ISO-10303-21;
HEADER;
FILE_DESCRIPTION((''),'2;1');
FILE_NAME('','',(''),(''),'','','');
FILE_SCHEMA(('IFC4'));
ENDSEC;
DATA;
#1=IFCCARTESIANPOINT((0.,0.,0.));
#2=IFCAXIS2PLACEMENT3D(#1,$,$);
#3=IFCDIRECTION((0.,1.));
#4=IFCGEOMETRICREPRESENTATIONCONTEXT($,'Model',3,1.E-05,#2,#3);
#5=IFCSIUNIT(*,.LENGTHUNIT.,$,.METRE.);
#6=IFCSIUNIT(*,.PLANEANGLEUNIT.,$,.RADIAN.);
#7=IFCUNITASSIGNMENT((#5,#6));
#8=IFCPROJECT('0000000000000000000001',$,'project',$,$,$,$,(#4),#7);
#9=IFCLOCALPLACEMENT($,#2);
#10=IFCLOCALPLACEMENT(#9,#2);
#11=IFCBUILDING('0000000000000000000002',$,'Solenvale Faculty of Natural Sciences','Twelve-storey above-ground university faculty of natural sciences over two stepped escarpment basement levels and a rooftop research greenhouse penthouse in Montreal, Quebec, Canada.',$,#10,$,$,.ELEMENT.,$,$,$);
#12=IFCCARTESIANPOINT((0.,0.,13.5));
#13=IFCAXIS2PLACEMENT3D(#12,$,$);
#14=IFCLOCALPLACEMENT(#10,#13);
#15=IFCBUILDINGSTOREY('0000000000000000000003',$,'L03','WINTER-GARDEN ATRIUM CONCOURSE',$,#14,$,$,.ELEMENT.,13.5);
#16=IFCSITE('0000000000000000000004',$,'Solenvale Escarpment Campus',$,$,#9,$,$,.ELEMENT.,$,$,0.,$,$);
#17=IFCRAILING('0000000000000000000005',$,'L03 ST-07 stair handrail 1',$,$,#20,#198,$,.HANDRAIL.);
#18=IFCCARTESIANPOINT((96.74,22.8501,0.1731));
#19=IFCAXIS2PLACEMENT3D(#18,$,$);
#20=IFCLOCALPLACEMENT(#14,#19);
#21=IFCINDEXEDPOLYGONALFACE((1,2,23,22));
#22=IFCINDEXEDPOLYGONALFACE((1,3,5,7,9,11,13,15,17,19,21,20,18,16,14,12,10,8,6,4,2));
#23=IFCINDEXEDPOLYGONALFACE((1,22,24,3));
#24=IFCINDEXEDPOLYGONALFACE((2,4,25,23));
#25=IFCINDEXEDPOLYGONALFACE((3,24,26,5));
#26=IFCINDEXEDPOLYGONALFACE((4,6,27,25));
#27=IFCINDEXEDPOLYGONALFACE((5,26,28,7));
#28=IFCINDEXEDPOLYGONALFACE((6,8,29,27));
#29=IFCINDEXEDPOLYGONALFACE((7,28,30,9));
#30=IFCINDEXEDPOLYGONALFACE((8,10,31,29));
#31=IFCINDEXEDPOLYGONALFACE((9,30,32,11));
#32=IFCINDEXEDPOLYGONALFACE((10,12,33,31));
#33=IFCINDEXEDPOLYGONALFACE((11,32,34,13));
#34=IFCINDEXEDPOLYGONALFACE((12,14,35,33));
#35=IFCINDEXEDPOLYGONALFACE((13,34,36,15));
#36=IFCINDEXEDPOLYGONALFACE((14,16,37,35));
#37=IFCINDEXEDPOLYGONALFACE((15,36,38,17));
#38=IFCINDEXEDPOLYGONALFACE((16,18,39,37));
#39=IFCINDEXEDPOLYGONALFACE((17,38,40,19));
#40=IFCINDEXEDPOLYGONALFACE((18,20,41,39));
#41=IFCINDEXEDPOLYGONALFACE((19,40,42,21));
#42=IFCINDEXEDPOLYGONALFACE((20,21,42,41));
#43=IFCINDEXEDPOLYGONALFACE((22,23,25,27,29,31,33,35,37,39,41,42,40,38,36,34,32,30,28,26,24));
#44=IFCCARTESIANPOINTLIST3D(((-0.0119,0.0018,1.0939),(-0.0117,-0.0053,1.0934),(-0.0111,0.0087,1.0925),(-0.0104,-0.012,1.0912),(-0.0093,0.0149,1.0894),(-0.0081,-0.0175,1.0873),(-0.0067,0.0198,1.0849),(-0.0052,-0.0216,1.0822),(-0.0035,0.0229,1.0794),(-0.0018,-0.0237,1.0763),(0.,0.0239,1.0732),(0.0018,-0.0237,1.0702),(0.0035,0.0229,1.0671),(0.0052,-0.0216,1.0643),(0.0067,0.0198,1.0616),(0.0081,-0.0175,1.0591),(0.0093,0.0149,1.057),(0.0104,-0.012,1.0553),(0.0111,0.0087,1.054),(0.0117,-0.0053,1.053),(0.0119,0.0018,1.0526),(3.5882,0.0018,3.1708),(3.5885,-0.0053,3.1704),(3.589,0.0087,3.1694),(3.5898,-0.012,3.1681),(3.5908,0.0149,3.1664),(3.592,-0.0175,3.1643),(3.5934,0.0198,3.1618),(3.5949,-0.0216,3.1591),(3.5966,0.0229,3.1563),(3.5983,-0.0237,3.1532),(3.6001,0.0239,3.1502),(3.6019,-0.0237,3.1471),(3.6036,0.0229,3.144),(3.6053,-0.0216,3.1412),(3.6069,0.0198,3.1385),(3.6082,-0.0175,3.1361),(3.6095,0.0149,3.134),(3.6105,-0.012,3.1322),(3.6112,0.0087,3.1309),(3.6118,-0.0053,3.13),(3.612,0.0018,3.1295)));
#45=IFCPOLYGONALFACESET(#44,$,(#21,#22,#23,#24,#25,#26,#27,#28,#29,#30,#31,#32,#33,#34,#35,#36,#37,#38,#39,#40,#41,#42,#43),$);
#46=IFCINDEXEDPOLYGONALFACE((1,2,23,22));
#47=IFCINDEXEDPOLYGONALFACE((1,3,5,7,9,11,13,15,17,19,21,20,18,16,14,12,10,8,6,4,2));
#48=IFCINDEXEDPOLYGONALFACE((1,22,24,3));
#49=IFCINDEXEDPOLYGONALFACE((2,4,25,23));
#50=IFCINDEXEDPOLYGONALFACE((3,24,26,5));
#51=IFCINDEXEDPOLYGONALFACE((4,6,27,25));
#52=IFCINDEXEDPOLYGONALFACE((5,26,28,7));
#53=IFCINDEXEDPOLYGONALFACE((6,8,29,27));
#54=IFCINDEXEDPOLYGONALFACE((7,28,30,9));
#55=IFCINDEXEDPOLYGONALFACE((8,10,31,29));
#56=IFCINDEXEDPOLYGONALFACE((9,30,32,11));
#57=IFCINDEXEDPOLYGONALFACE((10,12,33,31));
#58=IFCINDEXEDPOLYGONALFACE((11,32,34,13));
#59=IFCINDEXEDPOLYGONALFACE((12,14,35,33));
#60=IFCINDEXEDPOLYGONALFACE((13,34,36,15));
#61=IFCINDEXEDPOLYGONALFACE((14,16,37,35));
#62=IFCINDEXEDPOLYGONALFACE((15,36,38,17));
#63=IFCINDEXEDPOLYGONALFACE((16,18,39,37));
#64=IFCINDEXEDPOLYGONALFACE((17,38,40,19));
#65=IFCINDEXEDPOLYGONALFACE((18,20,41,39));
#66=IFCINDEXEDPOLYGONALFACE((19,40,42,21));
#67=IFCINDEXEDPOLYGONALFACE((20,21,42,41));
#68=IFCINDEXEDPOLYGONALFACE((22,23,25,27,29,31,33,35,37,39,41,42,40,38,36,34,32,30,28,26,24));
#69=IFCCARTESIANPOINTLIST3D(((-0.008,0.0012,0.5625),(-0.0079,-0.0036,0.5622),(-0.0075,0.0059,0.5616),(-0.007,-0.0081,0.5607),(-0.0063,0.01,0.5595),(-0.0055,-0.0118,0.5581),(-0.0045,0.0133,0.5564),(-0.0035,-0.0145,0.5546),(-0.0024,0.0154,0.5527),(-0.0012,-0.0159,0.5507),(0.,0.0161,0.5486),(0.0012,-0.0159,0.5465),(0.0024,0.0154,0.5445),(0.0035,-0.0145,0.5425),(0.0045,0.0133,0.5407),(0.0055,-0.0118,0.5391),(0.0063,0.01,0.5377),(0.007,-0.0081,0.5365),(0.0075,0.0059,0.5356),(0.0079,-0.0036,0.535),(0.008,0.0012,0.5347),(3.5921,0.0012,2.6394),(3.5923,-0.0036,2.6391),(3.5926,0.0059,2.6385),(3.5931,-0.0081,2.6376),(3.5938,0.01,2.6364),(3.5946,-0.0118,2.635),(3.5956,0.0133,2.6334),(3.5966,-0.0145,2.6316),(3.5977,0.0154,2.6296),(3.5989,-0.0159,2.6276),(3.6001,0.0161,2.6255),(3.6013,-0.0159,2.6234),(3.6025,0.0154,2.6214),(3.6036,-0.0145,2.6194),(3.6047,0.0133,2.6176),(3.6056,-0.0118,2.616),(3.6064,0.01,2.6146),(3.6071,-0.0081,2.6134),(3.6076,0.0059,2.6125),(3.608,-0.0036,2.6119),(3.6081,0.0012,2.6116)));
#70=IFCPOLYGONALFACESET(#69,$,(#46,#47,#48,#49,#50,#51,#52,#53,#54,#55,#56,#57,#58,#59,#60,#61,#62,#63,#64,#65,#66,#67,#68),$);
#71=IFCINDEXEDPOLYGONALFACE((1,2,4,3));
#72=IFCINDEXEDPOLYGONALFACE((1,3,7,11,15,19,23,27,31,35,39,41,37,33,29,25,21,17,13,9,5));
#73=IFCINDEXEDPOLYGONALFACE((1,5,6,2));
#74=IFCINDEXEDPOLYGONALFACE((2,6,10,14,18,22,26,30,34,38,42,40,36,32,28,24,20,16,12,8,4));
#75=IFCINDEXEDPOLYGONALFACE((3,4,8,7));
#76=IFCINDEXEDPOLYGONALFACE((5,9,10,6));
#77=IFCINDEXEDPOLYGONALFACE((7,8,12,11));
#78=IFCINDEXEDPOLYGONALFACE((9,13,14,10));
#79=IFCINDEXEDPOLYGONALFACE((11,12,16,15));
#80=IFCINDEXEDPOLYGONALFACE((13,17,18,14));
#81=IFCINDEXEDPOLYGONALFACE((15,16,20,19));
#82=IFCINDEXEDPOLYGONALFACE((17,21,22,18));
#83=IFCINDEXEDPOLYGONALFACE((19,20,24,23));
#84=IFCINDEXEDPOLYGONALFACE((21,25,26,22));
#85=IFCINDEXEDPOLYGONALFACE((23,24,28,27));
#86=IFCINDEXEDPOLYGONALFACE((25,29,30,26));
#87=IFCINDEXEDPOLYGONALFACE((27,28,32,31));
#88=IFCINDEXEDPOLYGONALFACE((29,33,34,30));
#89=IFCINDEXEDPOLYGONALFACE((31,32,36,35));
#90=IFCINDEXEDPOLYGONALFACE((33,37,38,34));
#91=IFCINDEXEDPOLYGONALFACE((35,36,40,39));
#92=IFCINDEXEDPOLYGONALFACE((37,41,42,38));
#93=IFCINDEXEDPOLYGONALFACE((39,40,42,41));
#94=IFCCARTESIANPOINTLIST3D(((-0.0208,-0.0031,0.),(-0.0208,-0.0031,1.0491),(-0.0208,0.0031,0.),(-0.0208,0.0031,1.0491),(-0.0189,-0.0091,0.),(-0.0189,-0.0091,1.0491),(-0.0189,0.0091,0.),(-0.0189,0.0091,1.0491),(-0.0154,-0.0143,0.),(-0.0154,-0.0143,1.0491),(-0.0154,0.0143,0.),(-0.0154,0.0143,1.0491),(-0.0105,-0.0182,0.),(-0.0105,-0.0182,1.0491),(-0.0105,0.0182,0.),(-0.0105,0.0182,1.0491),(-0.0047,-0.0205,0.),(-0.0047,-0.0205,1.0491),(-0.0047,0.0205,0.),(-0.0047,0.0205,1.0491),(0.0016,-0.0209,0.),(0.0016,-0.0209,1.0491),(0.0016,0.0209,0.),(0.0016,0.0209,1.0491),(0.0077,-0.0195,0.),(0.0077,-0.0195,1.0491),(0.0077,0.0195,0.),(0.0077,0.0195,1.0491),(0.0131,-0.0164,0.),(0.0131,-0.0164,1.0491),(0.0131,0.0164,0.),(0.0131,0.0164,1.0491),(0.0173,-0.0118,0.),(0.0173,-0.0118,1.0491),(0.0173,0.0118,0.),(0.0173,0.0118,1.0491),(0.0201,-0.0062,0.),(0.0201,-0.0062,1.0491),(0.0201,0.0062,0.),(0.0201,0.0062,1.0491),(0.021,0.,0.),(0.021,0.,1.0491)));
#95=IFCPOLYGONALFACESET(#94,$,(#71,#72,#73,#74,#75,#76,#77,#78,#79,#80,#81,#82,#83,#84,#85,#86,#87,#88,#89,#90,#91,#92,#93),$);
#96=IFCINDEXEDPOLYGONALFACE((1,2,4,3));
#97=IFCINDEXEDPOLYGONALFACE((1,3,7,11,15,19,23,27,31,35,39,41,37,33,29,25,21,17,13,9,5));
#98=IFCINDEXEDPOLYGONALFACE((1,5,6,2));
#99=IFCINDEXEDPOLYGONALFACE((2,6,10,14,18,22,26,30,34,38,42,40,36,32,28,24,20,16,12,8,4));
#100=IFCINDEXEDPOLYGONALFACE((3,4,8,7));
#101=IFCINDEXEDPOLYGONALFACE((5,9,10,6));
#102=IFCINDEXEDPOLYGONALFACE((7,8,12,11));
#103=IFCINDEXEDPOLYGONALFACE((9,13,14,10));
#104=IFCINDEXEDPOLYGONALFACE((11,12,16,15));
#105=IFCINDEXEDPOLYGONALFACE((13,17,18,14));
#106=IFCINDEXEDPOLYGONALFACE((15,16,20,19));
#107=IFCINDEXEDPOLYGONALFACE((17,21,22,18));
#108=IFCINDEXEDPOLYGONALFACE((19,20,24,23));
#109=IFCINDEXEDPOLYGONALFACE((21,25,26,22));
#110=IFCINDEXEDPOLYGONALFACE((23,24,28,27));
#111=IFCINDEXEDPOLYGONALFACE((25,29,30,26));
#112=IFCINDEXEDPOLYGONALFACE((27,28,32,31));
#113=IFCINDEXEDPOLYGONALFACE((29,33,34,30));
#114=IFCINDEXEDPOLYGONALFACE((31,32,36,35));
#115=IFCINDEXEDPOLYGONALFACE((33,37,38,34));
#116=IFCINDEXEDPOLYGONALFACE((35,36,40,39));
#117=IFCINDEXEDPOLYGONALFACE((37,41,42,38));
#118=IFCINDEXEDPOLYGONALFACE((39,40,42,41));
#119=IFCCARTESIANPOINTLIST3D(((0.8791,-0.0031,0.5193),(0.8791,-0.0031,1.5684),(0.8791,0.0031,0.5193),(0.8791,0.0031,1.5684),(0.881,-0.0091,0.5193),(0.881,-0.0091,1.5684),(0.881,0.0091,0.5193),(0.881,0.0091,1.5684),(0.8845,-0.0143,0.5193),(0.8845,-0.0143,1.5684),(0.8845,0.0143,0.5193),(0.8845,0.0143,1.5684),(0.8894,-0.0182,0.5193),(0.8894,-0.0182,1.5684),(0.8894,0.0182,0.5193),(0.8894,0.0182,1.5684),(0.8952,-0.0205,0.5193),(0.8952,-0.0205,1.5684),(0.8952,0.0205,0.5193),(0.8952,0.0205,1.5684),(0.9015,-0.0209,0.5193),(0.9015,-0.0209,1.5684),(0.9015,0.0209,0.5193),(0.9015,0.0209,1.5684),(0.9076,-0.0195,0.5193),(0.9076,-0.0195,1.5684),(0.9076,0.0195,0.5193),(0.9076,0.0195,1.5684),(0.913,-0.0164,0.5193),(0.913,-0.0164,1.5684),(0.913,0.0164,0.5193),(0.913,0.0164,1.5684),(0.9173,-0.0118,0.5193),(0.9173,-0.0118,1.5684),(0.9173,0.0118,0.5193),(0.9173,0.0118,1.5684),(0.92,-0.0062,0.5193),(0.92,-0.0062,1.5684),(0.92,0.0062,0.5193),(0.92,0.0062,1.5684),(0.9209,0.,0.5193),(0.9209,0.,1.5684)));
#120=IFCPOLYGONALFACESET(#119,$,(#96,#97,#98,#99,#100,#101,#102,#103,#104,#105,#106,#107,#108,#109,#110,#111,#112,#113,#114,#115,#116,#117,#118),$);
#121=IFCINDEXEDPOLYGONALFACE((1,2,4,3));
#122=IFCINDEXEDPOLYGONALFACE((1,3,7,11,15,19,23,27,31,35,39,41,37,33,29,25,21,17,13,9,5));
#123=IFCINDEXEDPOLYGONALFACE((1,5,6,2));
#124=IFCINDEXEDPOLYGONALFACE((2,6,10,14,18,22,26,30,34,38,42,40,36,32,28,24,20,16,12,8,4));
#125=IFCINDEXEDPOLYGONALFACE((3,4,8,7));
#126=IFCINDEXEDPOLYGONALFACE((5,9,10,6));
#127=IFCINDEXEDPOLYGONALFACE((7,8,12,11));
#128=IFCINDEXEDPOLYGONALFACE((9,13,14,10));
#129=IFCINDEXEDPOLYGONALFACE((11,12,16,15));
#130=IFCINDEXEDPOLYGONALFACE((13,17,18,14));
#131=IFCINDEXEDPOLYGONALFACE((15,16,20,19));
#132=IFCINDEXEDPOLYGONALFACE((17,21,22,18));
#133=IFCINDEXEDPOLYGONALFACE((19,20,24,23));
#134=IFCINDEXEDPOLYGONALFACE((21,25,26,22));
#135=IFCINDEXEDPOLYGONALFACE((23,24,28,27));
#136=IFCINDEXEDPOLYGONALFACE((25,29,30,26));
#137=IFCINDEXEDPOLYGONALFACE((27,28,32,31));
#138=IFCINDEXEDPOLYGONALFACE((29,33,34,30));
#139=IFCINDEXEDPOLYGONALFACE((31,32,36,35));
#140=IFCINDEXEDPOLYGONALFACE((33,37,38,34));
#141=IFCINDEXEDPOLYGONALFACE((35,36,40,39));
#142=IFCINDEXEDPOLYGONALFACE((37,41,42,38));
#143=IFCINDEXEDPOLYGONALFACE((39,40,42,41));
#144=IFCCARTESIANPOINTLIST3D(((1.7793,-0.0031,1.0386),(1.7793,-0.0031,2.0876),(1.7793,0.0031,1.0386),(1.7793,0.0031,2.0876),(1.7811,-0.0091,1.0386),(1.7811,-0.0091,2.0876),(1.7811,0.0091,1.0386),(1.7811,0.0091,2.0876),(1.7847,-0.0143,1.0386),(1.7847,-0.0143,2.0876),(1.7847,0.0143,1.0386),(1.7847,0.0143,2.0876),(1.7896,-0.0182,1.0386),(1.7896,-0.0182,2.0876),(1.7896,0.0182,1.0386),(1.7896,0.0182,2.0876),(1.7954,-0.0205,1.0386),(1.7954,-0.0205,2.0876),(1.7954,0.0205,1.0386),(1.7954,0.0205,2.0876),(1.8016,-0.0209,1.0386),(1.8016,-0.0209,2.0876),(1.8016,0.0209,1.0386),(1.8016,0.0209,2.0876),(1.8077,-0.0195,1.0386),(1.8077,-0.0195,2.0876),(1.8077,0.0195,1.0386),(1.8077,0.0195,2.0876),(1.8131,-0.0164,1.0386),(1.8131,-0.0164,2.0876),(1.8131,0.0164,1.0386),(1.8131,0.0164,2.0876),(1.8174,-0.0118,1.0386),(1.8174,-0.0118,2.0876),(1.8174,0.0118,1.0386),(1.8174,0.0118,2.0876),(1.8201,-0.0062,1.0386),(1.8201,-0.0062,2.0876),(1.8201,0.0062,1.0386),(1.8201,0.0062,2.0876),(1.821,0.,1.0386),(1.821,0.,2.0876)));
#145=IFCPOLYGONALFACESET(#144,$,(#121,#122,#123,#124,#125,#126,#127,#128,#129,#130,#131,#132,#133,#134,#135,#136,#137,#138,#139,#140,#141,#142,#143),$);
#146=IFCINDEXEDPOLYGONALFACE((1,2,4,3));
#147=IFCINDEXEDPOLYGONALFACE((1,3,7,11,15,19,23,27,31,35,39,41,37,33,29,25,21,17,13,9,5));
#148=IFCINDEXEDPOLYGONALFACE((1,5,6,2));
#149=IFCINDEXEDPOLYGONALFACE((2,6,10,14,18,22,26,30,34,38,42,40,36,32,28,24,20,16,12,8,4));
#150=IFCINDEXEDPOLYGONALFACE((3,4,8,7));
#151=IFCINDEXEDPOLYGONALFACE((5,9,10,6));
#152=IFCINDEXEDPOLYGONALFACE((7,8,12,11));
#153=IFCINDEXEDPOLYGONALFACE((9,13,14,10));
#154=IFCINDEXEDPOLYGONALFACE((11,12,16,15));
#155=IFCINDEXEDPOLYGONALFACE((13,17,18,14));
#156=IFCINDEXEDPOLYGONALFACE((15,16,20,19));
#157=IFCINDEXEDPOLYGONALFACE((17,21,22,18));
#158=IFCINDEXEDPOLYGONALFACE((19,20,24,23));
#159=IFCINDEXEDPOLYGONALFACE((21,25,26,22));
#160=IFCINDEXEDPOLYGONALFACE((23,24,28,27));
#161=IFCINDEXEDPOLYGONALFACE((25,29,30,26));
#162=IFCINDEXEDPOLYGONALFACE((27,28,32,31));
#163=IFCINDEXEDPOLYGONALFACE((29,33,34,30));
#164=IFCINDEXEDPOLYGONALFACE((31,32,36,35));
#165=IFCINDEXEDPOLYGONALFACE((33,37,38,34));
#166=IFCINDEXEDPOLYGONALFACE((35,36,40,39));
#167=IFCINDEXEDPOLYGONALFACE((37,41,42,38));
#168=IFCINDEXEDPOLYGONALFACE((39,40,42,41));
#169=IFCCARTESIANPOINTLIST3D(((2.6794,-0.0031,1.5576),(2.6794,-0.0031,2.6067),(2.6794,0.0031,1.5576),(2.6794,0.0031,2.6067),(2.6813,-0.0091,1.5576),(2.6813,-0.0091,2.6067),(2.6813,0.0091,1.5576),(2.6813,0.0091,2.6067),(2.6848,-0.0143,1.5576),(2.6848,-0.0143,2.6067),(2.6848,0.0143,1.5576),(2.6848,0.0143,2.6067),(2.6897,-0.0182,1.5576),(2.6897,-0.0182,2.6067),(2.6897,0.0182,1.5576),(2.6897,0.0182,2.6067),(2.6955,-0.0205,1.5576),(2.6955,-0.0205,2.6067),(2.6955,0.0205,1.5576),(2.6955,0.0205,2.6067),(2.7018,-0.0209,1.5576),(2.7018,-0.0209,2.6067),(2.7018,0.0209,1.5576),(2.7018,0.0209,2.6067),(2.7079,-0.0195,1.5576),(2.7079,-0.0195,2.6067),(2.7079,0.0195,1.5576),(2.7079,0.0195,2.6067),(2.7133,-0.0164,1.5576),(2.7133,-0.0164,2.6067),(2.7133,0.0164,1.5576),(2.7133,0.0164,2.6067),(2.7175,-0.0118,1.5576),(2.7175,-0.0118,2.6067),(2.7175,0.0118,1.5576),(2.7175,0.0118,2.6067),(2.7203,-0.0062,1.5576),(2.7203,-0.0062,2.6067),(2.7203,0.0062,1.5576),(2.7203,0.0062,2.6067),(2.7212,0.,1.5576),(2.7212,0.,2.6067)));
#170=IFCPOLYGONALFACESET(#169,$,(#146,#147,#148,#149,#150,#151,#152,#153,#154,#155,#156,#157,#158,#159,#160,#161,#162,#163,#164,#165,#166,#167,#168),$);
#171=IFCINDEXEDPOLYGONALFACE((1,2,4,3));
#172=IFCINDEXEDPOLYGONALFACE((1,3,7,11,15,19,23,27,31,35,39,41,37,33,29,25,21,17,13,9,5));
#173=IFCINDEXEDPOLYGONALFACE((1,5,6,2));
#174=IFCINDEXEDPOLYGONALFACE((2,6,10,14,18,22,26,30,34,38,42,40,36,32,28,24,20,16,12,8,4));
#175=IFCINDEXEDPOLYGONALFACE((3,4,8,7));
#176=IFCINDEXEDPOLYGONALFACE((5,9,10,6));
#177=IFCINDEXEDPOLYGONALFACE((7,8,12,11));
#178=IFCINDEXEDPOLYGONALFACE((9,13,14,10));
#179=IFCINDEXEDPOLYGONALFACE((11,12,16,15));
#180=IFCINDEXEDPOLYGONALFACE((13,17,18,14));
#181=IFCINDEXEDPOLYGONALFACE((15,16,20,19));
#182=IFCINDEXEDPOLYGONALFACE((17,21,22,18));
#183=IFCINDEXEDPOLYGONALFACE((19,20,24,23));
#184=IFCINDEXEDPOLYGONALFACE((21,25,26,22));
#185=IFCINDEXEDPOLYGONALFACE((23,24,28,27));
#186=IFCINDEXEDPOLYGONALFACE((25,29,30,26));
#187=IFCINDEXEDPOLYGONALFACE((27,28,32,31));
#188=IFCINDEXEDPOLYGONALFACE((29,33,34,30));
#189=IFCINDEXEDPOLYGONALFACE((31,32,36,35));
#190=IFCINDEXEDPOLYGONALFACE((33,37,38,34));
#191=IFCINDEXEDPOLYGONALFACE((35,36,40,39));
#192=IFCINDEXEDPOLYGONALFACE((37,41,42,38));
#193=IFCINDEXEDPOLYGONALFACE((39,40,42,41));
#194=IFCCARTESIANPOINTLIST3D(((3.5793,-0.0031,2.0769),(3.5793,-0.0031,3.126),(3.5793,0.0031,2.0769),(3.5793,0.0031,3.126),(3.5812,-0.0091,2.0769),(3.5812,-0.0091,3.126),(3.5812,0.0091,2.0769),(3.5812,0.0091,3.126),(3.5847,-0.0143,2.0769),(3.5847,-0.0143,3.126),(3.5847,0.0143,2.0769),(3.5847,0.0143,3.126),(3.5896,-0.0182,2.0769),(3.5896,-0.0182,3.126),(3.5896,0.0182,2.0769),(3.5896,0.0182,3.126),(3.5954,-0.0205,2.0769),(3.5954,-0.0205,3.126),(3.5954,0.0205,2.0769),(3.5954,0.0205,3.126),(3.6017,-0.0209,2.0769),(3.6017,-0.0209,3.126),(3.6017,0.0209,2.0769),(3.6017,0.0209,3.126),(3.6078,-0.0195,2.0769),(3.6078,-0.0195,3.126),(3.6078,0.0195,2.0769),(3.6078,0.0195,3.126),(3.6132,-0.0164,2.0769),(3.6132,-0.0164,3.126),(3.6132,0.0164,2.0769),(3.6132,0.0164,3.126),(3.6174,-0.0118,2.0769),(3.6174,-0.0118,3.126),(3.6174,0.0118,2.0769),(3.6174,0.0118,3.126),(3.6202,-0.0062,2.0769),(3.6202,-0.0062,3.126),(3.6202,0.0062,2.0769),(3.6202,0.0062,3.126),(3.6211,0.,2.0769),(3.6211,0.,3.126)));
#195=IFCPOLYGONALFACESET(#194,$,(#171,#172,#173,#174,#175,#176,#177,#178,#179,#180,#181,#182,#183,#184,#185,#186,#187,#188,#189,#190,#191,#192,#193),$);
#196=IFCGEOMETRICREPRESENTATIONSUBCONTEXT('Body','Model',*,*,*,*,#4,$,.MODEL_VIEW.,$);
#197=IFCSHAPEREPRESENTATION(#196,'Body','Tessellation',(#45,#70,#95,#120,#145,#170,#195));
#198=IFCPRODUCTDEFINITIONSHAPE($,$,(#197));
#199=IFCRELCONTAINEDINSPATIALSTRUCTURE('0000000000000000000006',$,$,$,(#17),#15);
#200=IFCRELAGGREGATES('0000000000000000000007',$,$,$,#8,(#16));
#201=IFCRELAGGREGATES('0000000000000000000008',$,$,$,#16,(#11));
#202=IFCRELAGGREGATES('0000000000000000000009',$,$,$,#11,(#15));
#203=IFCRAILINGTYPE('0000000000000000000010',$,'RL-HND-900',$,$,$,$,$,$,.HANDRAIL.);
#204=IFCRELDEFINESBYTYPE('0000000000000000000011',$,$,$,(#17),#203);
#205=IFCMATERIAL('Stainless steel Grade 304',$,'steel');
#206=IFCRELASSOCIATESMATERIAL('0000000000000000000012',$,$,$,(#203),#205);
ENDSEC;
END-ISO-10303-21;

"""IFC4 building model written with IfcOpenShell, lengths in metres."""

from ifc_helpers import new_model, si_unit, direction, frame, origin, origin_2d, place, context, subcontext, project, spatial, circle, extrude, material, type_object, element, save


model = new_model("IFC4")

# Units and contexts
model_context = context("Model", 3, precision=1e-05, world=origin(), true_north=direction((0.0, 1.0)))
body_context = subcontext(model_context, "Body", "Model", "MODEL_VIEW")
ifc_project = project(units=[si_unit("LENGTHUNIT", "METRE"), si_unit("PLANEANGLEUNIT", "RADIAN")], contexts=[model_context])

# Site, building, storey
site_placement = place(None, origin())
site = spatial("IfcSite", under=ifc_project, at=site_placement, Name="Solenvale Escarpment Campus", CompositionType="ELEMENT", RefElevation=0.0)
building_placement = place(site_placement, origin())
building = spatial("IfcBuilding", under=site, at=building_placement, Name="Solenvale Faculty of Natural Sciences", Description="Twelve-storey above-ground university faculty of natural sciences over two stepped escarpment basement levels and a rooftop research greenhouse penthouse in Montreal, Quebec, Canada.", CompositionType="ELEMENT")
storey_placement = place(building_placement, frame((0.0, 0.0, 13.5)))
storey = spatial("IfcBuildingStorey", under=building, at=storey_placement, Name="L03", Description="WINTER-GARDEN ATRIUM CONCOURSE", CompositionType="ELEMENT", Elevation=13.5)

# Railing
ifc_material_1 = material(Name="Stainless steel Grade 304", Category="steel")
railing_type_1 = type_object("IfcRailingType", Name="RL-HND-900", PredefinedType="HANDRAIL", material=ifc_material_1)
railing_1_placement = place(storey_placement, frame((96.74, 22.8501, 0.1731)))
element("IfcRailing", 1, at=railing_1_placement, inside=storey, type_object=railing_type_1, Name="L03 ST-07 stair handrail 1", PredefinedType="HANDRAIL", context=body_context, shape_type="SweptSolid", body=[
    extrude(circle(Radius=0.0239, at=origin_2d()), frame((0.0, 0.0, 1.0732), z_axis=(0.866193, 0.0, 0.499709), x_axis=(0.0, 1.0, 0.0)), (0.0, 0.0, 1.0), 4.1562),
    extrude(circle(Radius=0.0161, at=origin_2d()), frame((0.0, 0.0, 0.5486), z_axis=(0.866193, 0.0, 0.499709), x_axis=(0.0, 1.0, 0.0)), (0.0, 0.0, 1.0), 4.1562),
    extrude(circle(Radius=0.021, at=origin_2d()), origin(), (0.0, 0.0, 1.0), 1.0491),
    extrude(circle(Radius=0.021, at=origin_2d()), frame((0.8999, 0.0, 0.5193)), (0.0, 0.0, 1.0), 1.0491),
    extrude(circle(Radius=0.021, at=origin_2d()), frame((1.8, 0.0, 1.0386)), (0.0, 0.0, 1.0), 1.0491),
    extrude(circle(Radius=0.021, at=origin_2d()), frame((2.7002, 0.0, 1.5576)), (0.0, 0.0, 1.0), 1.0491),
    extrude(circle(Radius=0.021, at=origin_2d()), frame((3.6001, 0.0, 2.0769)), (0.0, 0.0, 1.0), 1.0491),
])

save(model, "model.ifc")
